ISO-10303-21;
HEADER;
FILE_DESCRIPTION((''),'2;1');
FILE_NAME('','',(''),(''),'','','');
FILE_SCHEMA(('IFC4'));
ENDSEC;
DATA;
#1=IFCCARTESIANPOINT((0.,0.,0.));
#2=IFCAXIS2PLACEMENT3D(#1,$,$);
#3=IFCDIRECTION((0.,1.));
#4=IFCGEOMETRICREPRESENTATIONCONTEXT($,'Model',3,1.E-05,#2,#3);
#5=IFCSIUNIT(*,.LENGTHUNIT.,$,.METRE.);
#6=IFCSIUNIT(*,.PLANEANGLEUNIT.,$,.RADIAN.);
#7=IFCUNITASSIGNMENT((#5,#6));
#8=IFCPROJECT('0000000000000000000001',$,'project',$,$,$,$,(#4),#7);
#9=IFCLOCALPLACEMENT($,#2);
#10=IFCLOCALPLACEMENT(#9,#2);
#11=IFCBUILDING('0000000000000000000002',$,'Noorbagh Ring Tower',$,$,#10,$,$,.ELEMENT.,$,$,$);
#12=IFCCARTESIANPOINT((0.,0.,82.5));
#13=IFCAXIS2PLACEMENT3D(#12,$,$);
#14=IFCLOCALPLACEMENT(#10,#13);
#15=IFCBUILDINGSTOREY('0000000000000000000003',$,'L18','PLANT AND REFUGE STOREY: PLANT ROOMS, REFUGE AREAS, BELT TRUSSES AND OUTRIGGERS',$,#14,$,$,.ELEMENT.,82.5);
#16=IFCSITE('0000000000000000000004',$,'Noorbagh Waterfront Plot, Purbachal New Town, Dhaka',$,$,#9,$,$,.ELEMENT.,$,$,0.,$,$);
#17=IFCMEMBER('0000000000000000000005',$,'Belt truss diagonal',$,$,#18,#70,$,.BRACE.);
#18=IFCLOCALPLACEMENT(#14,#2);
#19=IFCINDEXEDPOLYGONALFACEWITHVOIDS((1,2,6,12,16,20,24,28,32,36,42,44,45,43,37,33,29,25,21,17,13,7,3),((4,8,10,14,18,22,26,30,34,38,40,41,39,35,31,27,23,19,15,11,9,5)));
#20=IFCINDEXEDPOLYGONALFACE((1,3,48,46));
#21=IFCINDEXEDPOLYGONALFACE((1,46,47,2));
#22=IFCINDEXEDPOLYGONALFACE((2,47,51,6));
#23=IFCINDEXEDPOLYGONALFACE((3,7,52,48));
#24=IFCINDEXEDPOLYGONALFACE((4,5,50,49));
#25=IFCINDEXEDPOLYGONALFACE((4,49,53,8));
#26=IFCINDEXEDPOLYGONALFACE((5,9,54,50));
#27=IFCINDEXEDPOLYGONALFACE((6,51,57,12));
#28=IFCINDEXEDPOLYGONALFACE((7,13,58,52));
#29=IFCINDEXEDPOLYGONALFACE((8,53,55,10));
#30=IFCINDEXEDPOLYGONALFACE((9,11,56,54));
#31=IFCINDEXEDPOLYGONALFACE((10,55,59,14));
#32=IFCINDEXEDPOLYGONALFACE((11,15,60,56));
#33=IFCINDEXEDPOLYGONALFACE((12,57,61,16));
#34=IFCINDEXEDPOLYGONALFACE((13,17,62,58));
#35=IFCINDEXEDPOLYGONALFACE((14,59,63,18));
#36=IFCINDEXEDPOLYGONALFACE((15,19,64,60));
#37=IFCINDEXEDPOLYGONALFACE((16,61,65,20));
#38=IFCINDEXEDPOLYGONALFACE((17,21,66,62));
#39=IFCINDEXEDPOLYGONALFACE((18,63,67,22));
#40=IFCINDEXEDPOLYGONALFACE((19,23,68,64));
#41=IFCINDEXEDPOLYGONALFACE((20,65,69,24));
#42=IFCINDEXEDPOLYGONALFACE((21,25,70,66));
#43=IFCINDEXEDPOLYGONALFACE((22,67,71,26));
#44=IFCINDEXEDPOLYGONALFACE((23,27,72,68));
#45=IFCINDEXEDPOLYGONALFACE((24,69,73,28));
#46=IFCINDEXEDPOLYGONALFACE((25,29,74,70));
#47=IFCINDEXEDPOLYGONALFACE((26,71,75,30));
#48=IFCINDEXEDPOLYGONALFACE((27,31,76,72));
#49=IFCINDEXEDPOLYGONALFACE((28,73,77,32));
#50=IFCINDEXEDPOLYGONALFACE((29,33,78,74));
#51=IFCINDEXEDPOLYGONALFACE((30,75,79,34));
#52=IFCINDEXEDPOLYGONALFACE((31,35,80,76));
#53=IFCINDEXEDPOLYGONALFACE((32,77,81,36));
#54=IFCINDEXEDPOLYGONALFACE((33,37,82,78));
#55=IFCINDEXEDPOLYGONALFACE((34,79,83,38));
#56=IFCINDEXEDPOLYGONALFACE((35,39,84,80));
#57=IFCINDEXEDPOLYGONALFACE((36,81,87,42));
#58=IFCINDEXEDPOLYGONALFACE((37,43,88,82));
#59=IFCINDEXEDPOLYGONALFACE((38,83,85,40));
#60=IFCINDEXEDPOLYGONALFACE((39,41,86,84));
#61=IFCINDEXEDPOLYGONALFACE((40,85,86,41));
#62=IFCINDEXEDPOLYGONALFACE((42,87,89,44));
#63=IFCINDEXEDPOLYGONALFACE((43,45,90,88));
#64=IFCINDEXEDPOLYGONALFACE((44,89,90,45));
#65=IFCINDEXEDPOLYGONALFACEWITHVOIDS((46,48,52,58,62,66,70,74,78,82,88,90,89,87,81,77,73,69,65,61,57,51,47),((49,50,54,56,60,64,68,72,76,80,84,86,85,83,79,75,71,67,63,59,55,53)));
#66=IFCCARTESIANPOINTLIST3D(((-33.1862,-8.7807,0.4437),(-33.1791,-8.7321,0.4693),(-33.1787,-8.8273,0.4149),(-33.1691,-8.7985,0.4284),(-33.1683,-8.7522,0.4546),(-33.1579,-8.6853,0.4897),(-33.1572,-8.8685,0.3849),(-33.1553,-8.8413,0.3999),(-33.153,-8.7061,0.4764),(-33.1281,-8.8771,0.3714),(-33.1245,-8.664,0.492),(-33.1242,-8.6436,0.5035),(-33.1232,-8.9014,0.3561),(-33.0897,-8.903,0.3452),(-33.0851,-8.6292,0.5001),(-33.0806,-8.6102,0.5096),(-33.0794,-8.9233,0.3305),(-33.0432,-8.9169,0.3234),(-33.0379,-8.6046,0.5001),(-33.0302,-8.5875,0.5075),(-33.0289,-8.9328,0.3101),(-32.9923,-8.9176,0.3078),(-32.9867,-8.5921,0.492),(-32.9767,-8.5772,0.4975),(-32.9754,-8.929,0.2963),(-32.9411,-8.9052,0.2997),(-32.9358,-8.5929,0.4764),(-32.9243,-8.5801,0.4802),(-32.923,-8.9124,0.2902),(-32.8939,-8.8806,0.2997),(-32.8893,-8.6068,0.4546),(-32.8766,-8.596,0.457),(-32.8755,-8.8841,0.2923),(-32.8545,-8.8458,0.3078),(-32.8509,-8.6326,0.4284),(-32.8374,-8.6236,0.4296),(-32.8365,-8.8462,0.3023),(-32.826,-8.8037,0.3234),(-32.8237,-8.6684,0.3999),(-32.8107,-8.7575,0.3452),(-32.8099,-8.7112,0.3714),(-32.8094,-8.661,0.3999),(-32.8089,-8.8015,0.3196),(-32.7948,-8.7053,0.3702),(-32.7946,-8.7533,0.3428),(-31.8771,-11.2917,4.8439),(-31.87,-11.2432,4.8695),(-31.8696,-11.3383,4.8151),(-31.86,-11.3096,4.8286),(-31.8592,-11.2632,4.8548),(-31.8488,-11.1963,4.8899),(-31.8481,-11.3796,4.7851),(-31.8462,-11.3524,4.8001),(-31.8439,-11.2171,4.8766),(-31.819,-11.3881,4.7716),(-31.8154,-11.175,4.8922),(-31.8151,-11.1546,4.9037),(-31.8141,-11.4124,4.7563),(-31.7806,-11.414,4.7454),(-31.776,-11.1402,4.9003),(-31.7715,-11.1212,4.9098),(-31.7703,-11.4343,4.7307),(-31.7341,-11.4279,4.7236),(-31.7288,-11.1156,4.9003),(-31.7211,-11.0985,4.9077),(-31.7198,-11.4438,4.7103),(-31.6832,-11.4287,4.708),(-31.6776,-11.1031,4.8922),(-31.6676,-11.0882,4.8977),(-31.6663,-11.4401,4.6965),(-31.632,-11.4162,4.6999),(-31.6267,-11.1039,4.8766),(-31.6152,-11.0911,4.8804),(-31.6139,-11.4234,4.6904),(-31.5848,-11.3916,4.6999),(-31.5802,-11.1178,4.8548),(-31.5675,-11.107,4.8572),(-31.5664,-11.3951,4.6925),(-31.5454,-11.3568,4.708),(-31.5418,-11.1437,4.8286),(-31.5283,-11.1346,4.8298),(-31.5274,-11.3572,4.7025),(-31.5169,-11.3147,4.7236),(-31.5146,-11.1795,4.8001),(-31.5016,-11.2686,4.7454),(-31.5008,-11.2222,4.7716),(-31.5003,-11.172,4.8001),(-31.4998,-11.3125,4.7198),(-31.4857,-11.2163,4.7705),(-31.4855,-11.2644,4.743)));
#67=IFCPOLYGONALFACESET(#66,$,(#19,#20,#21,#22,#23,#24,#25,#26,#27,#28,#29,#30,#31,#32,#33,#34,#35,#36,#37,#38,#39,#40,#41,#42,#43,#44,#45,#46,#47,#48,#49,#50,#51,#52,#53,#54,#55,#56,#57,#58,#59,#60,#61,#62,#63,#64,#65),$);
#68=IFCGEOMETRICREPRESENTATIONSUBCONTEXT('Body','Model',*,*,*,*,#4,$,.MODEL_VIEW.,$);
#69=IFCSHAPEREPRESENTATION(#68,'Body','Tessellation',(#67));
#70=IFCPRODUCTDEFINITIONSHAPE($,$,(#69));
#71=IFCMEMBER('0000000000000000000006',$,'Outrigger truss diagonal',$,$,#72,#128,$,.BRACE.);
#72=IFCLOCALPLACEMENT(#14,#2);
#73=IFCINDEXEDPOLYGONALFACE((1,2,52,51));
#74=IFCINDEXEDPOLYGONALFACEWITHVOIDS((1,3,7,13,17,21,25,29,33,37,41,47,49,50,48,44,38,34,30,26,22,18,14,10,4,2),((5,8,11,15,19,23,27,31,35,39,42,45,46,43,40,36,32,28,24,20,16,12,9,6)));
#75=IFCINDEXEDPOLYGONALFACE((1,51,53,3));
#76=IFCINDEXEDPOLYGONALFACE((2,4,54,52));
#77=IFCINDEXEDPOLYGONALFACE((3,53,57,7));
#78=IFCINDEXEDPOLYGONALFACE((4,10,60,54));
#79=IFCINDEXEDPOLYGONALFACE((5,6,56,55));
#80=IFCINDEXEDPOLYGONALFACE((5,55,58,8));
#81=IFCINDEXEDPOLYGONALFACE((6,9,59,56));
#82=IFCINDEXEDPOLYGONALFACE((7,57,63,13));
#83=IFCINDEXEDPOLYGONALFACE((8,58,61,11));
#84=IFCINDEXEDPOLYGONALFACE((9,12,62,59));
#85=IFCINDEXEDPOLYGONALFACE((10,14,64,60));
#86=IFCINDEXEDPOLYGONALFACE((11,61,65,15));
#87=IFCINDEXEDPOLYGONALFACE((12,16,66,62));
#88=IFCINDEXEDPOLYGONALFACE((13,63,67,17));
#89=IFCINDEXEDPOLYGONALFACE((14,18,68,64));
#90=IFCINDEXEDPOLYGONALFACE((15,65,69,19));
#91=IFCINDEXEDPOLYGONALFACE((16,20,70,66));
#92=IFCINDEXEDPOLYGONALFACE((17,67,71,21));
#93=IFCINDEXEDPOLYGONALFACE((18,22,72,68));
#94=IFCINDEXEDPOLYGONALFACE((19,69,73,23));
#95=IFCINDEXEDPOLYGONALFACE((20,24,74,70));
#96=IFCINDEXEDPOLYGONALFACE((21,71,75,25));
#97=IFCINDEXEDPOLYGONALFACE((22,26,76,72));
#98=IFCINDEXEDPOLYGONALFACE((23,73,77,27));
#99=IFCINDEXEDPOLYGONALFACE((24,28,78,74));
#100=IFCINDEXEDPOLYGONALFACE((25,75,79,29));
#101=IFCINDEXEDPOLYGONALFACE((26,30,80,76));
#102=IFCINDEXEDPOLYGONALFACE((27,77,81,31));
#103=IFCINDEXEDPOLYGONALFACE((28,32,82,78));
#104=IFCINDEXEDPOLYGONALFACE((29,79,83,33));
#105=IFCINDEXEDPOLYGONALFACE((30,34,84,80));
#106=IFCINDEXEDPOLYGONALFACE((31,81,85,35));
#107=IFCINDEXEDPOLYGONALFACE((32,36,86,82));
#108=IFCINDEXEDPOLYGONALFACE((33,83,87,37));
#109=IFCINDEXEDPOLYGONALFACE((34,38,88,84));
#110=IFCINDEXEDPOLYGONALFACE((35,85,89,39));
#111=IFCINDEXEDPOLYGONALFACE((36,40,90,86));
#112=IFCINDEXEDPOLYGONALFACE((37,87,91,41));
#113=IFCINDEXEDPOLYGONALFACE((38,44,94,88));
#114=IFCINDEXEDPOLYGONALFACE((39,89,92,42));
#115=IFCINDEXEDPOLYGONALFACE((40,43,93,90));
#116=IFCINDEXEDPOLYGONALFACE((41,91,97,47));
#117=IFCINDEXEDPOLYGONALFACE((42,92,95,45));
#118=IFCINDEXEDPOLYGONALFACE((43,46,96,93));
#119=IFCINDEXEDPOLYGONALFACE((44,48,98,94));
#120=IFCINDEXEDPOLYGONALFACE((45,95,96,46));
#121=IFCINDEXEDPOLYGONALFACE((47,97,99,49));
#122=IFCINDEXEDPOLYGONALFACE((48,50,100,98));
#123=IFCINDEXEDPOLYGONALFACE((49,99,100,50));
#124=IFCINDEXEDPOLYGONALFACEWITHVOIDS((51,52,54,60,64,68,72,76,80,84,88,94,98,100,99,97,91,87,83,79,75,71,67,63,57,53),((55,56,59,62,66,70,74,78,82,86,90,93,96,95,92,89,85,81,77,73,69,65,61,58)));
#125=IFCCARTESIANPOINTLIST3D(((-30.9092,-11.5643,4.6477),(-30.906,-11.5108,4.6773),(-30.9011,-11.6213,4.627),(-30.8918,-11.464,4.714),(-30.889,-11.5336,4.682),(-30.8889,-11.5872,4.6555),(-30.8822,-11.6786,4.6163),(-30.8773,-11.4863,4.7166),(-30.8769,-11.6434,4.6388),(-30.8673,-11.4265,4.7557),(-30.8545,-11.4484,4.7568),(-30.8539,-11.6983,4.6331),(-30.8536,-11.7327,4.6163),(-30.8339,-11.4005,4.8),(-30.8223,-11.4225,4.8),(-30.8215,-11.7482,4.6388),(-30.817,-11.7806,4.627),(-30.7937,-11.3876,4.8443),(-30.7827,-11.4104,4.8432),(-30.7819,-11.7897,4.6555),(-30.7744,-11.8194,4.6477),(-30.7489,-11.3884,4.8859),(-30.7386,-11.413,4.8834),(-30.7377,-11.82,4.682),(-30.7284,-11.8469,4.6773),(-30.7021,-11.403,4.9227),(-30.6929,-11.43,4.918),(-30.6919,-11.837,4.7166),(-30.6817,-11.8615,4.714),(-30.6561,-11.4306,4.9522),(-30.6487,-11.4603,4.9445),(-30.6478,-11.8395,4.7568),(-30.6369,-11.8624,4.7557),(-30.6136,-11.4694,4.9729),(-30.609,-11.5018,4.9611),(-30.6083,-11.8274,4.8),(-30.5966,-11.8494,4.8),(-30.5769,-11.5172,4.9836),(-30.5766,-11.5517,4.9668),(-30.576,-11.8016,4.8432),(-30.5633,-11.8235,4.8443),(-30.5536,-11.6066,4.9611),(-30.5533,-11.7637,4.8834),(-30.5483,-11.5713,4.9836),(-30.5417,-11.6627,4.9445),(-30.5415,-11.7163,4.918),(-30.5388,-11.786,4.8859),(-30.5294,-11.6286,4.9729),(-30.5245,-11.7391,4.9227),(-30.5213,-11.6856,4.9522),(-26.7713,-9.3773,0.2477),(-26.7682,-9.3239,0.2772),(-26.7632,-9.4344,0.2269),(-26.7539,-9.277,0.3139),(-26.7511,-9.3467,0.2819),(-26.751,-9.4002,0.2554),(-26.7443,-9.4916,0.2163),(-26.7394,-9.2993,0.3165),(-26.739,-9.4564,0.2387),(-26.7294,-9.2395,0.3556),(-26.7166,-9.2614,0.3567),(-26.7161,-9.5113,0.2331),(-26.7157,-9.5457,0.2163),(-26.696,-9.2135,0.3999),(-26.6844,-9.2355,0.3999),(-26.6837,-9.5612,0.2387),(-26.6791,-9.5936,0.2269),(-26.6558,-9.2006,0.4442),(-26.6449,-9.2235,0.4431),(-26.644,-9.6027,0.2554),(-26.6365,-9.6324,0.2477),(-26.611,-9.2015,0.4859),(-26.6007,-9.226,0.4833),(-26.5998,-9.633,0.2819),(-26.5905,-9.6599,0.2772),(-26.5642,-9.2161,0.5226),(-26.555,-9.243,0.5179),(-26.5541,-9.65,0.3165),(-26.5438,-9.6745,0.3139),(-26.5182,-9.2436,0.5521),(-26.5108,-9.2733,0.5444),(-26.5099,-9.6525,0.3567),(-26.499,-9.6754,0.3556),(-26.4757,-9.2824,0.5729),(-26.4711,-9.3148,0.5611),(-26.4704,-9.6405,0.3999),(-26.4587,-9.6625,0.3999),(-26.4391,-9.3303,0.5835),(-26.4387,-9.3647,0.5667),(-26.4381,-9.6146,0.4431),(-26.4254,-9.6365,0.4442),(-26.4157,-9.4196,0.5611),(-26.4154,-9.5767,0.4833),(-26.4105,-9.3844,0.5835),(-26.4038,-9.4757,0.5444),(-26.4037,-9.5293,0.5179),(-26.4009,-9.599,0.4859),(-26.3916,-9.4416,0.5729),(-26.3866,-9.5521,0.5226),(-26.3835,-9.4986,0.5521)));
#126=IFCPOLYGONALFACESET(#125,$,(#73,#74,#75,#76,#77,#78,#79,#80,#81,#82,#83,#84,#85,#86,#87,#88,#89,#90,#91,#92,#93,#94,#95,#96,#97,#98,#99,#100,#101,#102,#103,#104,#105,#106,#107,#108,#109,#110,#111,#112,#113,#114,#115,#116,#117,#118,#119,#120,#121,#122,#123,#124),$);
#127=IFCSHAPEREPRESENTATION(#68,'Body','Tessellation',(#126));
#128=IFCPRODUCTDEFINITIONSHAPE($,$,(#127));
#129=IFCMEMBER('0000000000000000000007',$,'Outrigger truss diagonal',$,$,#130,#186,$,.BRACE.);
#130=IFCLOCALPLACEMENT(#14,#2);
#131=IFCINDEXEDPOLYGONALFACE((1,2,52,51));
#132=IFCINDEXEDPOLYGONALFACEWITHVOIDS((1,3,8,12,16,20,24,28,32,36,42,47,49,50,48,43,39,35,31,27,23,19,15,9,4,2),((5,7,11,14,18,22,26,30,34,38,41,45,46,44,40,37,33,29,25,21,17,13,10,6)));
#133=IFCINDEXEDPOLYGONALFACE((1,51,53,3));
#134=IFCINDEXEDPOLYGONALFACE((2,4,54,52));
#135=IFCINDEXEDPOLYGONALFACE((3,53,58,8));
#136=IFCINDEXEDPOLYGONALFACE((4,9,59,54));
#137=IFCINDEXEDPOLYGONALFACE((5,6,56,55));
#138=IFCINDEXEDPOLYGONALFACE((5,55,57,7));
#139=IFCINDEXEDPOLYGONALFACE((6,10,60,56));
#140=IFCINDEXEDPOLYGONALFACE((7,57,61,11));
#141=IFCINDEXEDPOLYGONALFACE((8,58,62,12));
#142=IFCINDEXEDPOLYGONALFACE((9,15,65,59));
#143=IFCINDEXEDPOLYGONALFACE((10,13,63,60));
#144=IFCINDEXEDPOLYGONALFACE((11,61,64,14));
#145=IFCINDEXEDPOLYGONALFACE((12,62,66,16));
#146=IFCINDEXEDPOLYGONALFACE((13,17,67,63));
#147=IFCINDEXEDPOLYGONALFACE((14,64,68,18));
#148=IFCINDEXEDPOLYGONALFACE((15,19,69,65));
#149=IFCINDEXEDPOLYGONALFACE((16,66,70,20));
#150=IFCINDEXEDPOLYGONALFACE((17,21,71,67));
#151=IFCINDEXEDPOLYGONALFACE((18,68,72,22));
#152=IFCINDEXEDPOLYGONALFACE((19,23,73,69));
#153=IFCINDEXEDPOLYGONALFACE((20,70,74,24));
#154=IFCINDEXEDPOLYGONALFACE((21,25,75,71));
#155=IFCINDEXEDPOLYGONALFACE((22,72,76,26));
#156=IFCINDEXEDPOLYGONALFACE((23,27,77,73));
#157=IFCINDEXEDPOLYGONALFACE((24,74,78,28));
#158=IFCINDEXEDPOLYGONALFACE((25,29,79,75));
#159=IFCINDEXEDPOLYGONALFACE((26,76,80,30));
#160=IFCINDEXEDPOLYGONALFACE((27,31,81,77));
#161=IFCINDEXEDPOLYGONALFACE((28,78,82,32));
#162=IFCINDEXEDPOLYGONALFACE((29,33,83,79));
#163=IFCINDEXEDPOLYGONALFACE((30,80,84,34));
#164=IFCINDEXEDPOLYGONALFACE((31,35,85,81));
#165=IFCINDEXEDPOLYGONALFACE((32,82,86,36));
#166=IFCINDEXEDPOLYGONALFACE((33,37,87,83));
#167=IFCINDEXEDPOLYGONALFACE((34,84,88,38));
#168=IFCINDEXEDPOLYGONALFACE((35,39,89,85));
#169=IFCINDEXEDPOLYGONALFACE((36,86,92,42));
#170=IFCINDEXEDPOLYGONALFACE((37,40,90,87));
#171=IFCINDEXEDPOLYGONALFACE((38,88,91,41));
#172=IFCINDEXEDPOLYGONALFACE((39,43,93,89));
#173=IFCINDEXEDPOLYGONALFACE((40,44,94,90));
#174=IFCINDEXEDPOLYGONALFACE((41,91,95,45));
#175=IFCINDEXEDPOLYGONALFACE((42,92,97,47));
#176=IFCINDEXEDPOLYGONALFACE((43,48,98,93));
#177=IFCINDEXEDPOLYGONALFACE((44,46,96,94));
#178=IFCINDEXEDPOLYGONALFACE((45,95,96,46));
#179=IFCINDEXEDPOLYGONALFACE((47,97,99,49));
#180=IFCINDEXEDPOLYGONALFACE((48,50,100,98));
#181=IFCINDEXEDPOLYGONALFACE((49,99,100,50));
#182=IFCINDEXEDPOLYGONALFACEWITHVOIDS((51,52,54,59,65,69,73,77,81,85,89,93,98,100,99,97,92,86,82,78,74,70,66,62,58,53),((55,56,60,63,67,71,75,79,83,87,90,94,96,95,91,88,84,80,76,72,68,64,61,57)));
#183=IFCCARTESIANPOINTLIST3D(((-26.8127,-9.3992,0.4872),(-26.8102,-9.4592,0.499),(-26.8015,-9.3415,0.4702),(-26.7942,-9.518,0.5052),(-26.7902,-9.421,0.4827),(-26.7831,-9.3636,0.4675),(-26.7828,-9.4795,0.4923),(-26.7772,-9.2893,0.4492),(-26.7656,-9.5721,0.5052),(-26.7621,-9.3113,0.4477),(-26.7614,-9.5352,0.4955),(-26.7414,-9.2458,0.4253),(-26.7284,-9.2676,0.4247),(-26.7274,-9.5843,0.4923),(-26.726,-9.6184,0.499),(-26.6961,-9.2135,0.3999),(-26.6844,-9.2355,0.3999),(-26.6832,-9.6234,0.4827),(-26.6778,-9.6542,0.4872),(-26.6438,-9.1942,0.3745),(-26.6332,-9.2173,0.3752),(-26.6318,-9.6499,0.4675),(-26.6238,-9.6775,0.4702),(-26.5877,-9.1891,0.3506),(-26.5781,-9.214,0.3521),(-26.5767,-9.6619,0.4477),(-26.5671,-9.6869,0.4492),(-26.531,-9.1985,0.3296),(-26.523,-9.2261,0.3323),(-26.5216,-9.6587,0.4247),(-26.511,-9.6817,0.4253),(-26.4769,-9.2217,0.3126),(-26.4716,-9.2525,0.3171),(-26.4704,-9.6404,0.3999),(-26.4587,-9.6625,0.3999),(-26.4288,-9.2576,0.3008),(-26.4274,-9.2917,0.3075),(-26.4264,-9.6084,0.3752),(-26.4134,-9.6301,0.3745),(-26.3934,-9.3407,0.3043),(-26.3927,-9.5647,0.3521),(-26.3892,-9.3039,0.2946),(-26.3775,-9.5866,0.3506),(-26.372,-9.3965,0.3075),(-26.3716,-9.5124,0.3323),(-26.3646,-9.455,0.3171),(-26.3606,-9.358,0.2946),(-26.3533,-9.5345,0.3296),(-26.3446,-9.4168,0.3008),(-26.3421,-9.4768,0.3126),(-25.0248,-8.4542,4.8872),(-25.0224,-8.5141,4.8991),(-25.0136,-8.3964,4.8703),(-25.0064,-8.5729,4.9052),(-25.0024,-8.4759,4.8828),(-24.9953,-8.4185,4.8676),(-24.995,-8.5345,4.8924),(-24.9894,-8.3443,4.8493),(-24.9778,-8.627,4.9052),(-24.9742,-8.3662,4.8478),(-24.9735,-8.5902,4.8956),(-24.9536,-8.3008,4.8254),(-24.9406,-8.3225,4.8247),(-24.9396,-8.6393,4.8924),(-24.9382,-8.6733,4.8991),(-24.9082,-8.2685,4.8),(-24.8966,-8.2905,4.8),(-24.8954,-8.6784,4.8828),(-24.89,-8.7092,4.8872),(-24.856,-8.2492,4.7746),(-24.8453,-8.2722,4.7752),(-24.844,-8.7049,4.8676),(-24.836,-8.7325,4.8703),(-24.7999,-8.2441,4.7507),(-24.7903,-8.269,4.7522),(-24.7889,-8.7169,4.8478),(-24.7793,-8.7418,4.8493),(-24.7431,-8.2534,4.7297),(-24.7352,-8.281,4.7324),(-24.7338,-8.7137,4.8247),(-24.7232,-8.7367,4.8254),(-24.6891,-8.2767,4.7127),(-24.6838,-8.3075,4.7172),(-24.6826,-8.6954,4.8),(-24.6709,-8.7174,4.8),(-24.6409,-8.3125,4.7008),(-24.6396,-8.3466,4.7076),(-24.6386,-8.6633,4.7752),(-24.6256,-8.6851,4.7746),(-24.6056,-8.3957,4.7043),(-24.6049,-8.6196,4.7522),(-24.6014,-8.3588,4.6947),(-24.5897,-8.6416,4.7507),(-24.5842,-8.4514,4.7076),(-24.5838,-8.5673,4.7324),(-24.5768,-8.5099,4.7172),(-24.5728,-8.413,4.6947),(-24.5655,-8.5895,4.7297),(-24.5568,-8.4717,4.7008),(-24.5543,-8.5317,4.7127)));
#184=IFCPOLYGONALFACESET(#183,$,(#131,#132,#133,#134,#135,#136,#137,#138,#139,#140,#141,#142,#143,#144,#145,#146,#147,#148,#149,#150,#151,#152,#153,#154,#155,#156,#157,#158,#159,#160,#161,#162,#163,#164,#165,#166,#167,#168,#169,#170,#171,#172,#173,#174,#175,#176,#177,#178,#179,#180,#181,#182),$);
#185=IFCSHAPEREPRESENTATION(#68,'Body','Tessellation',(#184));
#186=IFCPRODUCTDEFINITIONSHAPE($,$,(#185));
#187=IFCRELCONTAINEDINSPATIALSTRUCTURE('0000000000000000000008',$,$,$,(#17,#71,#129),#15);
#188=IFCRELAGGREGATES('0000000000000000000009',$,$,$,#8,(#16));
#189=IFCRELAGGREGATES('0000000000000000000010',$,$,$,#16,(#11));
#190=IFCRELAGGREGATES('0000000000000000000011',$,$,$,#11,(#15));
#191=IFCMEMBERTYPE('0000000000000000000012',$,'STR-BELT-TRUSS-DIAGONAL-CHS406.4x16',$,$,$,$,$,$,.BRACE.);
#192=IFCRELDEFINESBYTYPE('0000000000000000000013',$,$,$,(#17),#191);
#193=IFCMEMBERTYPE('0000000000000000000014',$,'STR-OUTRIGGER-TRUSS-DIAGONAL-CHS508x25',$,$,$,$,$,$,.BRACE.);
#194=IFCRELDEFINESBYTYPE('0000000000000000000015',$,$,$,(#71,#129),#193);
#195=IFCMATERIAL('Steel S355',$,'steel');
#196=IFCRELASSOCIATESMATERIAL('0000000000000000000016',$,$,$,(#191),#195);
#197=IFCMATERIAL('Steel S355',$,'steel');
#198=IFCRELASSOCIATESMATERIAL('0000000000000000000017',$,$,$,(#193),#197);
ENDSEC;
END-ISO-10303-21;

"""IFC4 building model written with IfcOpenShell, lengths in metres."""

from ifc_helpers import new_model, si_unit, direction, frame, origin, origin_2d, place, context, subcontext, project, spatial, hollow_circle, extrude, material, material_profile, profile_set, type_object, element, save


model = new_model("IFC4")

# Units and contexts
model_context = context("Model", 3, precision=1e-05, world=origin(), true_north=direction((0.0, 1.0)))
body_context = subcontext(model_context, "Body", "Model", "MODEL_VIEW")
ifc_project = project(units=[si_unit("LENGTHUNIT", "METRE"), si_unit("PLANEANGLEUNIT", "RADIAN")], contexts=[model_context])

# Site, building, storey
site_placement = place(None, origin())
site = spatial("IfcSite", under=ifc_project, at=site_placement, Name="Noorbagh Waterfront Plot, Purbachal New Town, Dhaka", CompositionType="ELEMENT", RefElevation=0.0)
building_placement = place(site_placement, origin())
building = spatial("IfcBuilding", under=site, at=building_placement, Name="Noorbagh Ring Tower", CompositionType="ELEMENT")
storey_placement = place(building_placement, frame((0.0, 0.0, 82.5)))
storey = spatial("IfcBuildingStorey", under=building, at=storey_placement, Name="L18", Description="PLANT AND REFUGE STOREY: PLANT ROOMS, REFUGE AREAS, BELT TRUSSES AND OUTRIGGERS", CompositionType="ELEMENT", Elevation=82.5)

# Members
ifc_material_1 = material(Name="Steel S355", Category="steel")
ifc_material_profile_1 = material_profile(ifc_material_1, hollow_circle(Radius=0.2031, WallThickness=0.0161, at=origin_2d()), Name="CHS406.4x16")
ifc_profile_set_1 = profile_set([ifc_material_profile_1], Name="Steel S355")
member_type_1 = type_object("IfcMemberType", Name="STR-BELT-TRUSS-DIAGONAL-CHS406.4x16", PredefinedType="BRACE", material=ifc_profile_set_1)
member_1_placement = place(storey_placement, frame((-32.9895, -8.7549, 0.3999), z_axis=(0.250178, -0.479874, 0.840911), x_axis=(0.886729, 0.462289, 0.0)))
element("IfcMember", 1, at=member_1_placement, inside=storey, type_object=member_type_1, Name="Belt truss diagonal", PredefinedType="BRACE", context=body_context, shape_type="SweptSolid", body=[
    extrude(hollow_circle(Radius=0.2031, WallThickness=0.0161, at=origin_2d()), origin(), (0.0, 0.0, 1.0), 5.2327),
])
ifc_material_2 = material(Name="Steel S355", Category="steel")
ifc_material_profile_2 = material_profile(ifc_material_2, hollow_circle(Radius=0.2539, WallThickness=0.0249, at=origin_2d()), Name="CHS508x25")
ifc_profile_set_2 = profile_set([ifc_material_profile_2], Name="Steel S355")
member_type_2 = type_object("IfcMemberType", Name="STR-OUTRIGGER-TRUSS-DIAGONAL-CHS508x25", PredefinedType="BRACE", material=ifc_profile_set_2)
member_2_placement = place(storey_placement, frame((-26.5774, -9.438, 0.3999), z_axis=(-0.644145, -0.340448, 0.684962), x_axis=(0.467276, -0.884111, 0.0)))
element("IfcMember", 2, at=member_2_placement, inside=storey, type_object=member_type_2, Name="Outrigger truss diagonal", PredefinedType="BRACE", context=body_context, shape_type="SweptSolid", body=[
    extrude(hollow_circle(Radius=0.2539, WallThickness=0.0249, at=origin_2d()), origin(), (0.0, 0.0, 1.0), 6.4238),
])
member_3_placement = place(storey_placement, frame((-26.5774, -9.438, 0.3999), z_axis=(0.36919, 0.195157, 0.908632), x_axis=(-0.467333, 0.884081, 0.0)))
element("IfcMember", 3, at=member_3_placement, inside=storey, type_object=member_type_2, Name="Outrigger truss diagonal", PredefinedType="BRACE", context=body_context, shape_type="SweptSolid", body=[
    extrude(hollow_circle(Radius=0.2539, WallThickness=0.0249, at=origin_2d()), origin(), (0.0, 0.0, 1.0), 4.8425),
])

save(model, "model.ifc")
